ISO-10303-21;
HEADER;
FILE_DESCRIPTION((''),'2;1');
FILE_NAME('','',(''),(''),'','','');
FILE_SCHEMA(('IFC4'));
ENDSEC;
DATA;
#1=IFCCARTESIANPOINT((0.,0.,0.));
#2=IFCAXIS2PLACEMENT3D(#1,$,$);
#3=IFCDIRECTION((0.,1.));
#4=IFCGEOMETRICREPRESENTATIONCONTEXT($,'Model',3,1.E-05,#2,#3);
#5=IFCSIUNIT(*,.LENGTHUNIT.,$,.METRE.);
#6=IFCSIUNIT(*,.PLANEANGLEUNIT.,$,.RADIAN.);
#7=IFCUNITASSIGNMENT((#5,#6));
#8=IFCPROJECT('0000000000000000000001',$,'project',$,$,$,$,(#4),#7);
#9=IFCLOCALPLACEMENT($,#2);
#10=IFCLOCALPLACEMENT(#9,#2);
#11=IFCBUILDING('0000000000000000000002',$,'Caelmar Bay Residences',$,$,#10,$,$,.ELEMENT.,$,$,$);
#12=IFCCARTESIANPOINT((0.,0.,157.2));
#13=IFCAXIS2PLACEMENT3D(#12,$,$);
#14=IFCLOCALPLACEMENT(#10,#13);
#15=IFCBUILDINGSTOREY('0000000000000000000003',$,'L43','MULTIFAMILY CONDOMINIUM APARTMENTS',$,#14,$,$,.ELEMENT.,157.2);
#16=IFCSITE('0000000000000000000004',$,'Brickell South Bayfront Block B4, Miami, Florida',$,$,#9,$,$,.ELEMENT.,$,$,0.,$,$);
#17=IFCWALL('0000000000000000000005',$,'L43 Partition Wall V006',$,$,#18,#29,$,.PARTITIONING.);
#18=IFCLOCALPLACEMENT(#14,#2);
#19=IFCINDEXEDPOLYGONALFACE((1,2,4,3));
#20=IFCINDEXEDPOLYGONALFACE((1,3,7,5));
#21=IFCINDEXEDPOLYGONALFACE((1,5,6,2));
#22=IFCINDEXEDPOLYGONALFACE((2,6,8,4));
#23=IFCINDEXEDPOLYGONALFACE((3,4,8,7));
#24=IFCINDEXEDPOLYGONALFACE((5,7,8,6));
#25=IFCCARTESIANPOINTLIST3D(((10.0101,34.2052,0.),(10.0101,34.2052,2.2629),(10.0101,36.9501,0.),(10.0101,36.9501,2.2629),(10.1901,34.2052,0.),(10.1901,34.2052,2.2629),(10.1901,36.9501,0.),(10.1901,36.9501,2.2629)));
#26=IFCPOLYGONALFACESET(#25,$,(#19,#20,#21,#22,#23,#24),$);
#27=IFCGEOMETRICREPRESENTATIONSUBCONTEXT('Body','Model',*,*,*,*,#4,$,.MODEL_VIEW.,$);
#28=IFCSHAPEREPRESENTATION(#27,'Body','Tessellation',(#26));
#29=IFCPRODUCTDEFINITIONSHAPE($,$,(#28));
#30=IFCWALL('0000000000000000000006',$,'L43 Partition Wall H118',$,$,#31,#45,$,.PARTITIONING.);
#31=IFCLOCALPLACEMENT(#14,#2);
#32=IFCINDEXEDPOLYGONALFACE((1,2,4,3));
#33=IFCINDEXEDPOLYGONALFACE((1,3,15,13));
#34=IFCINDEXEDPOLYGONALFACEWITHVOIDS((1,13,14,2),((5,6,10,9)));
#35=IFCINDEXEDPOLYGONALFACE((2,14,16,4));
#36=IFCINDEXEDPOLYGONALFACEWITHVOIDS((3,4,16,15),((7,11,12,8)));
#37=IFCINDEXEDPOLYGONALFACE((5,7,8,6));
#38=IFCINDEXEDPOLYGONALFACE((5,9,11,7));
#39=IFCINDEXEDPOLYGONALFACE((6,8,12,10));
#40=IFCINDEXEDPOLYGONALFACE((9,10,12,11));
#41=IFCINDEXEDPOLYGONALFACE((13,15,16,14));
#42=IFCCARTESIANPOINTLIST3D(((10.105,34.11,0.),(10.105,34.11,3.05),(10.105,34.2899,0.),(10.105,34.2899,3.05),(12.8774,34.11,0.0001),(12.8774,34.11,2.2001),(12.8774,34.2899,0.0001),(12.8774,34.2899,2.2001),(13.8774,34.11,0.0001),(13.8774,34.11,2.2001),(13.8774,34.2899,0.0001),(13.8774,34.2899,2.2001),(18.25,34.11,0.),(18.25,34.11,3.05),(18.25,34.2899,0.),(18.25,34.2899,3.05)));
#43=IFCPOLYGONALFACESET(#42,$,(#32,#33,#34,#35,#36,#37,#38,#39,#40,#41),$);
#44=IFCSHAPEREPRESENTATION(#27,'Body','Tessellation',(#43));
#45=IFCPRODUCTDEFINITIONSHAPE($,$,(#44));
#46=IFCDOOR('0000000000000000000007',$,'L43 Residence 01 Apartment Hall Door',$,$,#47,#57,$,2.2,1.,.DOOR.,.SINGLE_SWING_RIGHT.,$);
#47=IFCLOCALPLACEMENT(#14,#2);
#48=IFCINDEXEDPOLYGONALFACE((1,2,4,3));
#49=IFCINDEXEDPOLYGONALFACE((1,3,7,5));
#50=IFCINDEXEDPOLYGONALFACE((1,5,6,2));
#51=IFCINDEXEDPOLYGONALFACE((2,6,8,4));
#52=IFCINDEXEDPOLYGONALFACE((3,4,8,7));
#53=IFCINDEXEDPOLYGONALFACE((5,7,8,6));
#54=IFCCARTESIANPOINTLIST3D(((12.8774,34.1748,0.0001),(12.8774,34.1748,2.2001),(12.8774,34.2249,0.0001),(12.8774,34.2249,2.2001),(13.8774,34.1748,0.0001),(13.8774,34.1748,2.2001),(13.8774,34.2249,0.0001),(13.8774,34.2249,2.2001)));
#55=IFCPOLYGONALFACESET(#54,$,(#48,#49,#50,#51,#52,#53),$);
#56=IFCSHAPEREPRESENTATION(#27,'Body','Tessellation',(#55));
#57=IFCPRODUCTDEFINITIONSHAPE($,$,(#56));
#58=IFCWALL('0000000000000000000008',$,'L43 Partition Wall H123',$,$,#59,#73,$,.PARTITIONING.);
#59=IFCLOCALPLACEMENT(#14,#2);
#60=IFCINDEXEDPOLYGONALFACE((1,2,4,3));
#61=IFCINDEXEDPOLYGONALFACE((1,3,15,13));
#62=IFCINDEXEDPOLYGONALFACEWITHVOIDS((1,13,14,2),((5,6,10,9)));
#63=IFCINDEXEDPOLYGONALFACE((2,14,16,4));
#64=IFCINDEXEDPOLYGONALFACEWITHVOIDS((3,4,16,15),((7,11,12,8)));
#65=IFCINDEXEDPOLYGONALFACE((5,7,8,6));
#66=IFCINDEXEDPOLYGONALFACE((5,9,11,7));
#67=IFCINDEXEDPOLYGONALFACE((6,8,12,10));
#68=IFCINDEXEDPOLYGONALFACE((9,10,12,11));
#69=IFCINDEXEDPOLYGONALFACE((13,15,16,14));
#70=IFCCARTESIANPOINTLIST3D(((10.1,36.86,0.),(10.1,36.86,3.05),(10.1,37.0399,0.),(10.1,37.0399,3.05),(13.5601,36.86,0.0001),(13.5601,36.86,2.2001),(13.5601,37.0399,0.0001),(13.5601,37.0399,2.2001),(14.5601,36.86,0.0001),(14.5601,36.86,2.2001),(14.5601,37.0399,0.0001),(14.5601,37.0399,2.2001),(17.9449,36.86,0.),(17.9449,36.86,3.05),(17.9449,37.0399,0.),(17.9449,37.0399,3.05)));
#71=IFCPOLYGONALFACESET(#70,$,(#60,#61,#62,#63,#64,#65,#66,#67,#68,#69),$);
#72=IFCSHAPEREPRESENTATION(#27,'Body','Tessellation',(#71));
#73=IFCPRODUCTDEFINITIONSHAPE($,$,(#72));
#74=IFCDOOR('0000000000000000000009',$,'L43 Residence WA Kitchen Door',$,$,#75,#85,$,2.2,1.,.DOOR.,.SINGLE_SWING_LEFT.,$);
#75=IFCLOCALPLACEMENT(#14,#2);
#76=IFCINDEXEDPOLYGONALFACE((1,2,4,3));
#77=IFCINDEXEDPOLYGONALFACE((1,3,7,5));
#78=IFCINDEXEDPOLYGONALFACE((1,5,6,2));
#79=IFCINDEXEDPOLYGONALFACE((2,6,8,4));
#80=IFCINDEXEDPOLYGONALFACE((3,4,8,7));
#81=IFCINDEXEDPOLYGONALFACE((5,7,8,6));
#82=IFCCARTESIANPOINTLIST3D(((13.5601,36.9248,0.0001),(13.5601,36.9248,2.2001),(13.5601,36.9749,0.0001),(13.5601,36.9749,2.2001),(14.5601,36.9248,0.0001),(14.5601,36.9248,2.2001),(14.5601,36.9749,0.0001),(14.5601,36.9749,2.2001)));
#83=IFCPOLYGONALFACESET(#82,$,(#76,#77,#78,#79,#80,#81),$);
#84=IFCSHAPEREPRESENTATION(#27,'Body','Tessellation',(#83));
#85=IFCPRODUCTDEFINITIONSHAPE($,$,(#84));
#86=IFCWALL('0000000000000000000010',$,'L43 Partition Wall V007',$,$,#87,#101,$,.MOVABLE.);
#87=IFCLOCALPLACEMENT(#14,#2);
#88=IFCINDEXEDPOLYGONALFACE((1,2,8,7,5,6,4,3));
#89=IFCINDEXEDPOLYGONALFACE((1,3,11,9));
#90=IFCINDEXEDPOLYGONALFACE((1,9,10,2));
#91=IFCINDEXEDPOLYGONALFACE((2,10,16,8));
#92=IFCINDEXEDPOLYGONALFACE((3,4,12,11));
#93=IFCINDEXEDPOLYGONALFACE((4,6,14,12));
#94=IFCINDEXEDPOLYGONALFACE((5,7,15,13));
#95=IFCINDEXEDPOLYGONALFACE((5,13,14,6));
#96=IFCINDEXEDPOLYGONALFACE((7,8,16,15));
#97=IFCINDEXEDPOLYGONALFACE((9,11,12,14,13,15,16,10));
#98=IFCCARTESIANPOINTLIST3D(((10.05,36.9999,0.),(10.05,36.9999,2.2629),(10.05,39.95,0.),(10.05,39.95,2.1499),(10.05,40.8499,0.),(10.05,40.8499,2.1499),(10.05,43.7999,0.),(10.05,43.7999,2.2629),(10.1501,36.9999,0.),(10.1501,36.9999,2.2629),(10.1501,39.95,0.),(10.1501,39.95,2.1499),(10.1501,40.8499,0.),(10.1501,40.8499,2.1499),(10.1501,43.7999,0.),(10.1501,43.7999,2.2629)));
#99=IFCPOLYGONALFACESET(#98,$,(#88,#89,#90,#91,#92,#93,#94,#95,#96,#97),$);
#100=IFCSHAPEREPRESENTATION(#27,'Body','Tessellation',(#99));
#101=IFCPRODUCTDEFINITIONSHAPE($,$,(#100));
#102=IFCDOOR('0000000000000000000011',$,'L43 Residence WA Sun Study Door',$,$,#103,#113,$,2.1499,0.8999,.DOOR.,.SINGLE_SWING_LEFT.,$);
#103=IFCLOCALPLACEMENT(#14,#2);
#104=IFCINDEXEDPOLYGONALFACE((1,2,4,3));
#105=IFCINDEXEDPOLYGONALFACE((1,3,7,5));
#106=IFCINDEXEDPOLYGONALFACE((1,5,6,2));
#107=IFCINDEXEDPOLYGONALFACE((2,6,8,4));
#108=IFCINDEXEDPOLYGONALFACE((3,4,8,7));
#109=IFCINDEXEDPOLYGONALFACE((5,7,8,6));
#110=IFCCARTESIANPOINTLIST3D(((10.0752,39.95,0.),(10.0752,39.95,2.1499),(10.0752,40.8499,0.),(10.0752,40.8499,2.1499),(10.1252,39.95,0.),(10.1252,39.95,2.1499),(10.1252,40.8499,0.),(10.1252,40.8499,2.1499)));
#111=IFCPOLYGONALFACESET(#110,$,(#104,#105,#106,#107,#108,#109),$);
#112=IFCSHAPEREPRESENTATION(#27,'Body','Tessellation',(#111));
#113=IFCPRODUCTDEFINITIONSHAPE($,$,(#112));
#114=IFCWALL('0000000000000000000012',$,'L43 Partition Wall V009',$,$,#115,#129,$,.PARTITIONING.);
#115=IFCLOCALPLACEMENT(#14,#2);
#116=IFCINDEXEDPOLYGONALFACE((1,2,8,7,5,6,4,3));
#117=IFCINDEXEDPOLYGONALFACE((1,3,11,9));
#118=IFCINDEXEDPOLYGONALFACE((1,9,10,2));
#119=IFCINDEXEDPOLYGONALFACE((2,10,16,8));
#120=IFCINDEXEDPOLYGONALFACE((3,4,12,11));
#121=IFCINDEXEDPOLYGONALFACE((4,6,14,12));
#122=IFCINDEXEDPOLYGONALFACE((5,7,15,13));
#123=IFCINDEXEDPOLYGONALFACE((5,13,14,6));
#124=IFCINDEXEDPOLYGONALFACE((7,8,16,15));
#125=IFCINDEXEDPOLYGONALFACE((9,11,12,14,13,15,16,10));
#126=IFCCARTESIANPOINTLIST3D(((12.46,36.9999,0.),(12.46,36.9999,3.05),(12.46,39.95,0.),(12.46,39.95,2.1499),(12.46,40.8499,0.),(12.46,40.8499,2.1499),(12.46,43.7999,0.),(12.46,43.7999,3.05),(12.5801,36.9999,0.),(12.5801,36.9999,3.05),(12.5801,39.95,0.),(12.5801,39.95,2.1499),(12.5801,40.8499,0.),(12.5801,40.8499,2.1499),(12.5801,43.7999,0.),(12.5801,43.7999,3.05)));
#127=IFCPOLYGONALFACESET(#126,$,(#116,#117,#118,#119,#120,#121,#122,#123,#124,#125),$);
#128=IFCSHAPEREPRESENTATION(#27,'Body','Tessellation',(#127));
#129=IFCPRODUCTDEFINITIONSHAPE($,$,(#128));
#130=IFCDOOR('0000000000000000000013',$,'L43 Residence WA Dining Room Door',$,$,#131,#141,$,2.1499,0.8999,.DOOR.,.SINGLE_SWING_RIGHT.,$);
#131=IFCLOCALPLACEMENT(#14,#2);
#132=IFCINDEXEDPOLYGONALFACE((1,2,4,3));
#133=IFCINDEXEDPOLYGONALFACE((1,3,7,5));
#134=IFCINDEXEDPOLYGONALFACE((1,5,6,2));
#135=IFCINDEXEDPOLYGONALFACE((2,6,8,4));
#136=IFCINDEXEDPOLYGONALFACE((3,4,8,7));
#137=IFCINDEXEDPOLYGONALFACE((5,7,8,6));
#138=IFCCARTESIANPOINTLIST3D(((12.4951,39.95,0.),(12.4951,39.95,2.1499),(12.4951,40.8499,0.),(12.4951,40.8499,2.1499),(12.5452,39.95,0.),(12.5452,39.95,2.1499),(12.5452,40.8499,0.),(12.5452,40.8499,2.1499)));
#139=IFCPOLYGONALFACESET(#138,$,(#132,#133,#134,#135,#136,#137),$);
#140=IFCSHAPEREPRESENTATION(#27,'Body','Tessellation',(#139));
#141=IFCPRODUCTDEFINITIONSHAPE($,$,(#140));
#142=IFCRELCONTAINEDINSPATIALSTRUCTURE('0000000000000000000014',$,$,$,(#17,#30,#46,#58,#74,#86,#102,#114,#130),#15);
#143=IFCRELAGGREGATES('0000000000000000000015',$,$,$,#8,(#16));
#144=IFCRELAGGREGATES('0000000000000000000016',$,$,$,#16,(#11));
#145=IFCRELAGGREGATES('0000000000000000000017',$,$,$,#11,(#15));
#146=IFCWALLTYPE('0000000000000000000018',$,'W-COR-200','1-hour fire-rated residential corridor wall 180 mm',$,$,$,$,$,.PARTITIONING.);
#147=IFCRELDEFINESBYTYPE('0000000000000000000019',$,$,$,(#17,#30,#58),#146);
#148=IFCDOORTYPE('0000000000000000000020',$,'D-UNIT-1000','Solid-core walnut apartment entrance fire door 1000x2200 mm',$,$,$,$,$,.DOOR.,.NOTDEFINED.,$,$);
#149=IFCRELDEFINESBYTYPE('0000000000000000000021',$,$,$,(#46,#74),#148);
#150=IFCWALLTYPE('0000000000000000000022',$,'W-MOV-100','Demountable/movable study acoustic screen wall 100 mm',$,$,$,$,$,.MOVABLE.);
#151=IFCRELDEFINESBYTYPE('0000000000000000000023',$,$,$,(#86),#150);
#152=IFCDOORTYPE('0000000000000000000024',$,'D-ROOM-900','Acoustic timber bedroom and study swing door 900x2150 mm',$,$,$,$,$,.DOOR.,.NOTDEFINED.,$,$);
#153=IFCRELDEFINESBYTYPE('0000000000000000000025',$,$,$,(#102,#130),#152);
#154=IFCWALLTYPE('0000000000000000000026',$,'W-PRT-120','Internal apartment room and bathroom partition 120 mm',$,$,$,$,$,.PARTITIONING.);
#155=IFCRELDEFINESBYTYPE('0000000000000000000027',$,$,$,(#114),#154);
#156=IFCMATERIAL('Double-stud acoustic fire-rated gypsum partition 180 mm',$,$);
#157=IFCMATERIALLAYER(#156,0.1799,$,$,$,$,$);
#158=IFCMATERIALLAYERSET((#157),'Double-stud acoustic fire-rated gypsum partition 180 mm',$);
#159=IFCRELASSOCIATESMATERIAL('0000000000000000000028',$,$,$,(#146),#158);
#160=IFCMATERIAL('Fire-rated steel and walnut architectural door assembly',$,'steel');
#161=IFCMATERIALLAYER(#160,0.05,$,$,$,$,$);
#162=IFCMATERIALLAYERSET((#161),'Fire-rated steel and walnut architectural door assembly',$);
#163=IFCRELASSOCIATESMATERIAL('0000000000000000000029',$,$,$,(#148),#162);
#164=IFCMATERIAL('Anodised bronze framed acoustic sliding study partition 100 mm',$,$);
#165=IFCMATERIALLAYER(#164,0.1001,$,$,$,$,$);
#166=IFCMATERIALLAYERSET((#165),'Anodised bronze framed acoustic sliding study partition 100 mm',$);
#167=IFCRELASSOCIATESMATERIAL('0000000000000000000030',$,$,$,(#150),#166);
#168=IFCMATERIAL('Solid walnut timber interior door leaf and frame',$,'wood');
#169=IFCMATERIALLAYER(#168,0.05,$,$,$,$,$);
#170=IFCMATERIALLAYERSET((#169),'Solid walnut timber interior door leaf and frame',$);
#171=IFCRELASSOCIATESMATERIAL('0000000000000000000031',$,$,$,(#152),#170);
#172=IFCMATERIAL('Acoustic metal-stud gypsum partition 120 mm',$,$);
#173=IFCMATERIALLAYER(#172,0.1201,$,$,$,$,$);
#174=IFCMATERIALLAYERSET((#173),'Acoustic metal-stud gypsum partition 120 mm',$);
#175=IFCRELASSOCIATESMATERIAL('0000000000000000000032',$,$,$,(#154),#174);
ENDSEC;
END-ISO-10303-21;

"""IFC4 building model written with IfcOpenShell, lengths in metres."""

from ifc_helpers import new_model, si_unit, direction, frame, frame_2d, origin, place, context, subcontext, project, spatial, rectangle, extrude, material, layer, layer_set, type_object, element, fill, save


model = new_model("IFC4")

# Units and contexts
model_context = context("Model", 3, precision=1e-05, world=origin(), true_north=direction((0.0, 1.0)))
body_context = subcontext(model_context, "Body", "Model", "MODEL_VIEW")
ifc_project = project(units=[si_unit("LENGTHUNIT", "METRE"), si_unit("PLANEANGLEUNIT", "RADIAN")], contexts=[model_context])

# Site, building, storey
site_placement = place(None, origin())
site = spatial("IfcSite", under=ifc_project, at=site_placement, Name="Brickell South Bayfront Block B4, Miami, Florida", CompositionType="ELEMENT", RefElevation=0.0)
building_placement = place(site_placement, origin())
building = spatial("IfcBuilding", under=site, at=building_placement, Name="Caelmar Bay Residences", CompositionType="ELEMENT")
storey_placement = place(building_placement, frame((0.0, 0.0, 157.2)))
storey = spatial("IfcBuildingStorey", under=building, at=storey_placement, Name="L43", Description="MULTIFAMILY CONDOMINIUM APARTMENTS", CompositionType="ELEMENT", Elevation=157.2)

# Shared definitions
ifc_material_1 = material(Name="Fire-rated steel and walnut architectural door assembly", Category="steel")

# Wall
ifc_material_2 = material(Name="Double-stud acoustic fire-rated gypsum partition 180 mm")
ifc_layer_1 = layer(ifc_material_2, 0.1799)
ifc_layer_set_1 = layer_set([ifc_layer_1], Name="Double-stud acoustic fire-rated gypsum partition 180 mm")
wall_type_1 = type_object("IfcWallType", Name="W-COR-200", Description="1-hour fire-rated residential corridor wall 180 mm", PredefinedType="PARTITIONING", material=ifc_layer_set_1)
wall_1_placement = place(storey_placement, frame((10.1001, 34.2051, 0.0), z_axis=(0.0, 0.0, 1.0), x_axis=(0.0, 1.0, 0.0)))
element("IfcWall", 1, at=wall_1_placement, inside=storey, type_object=wall_type_1, Name="L43 Partition Wall V006", PredefinedType="PARTITIONING", context=body_context, shape_type="SweptSolid", body=[
    extrude(rectangle(XDim=2.7449, YDim=0.1799, at=frame_2d((1.3726, 0.0))), origin(), (0.0, 0.0, 1.0), 2.2629),
])

# Walls, openings, doors
wall_2_placement = place(storey_placement, frame((10.105, 34.2, 0.0), z_axis=(0.0, 0.0, 1.0), x_axis=(1.0, 0.0, 0.0)))
wall_2 = element("IfcWall", 2, at=wall_2_placement, inside=storey, type_object=wall_type_1, Name="L43 Partition Wall H118", PredefinedType="PARTITIONING", context=body_context, shape_type="SweptSolid", body=[
    extrude(rectangle(XDim=8.145, YDim=0.1799, at=frame_2d((4.0725, 0.0))), origin(), (0.0, 0.0, 1.0), 3.05),
])
opening_1_placement = place(wall_2_placement, frame((2.7725, 0.0, 0.0)))
opening_1 = element("IfcOpeningElement", 3, at=opening_1_placement, cuts=wall_2, PredefinedType="OPENING", context=body_context, shape_type="SweptSolid", body=[
    extrude(rectangle(XDim=1.0, YDim=2.2, at=frame_2d((0.5, 1.1001))), frame((0.0, 0.0999, 0.0), z_axis=(0.0, -1.0, 0.0), x_axis=(1.0, 0.0, 0.0)), (0.0, 0.0, 1.0), 0.2),
])
ifc_layer_2 = layer(ifc_material_1, 0.05)
ifc_layer_set_2 = layer_set([ifc_layer_2], Name="Fire-rated steel and walnut architectural door assembly")
door_type_1 = type_object("IfcDoorType", Name="D-UNIT-1000", Description="Solid-core walnut apartment entrance fire door 1000x2200 mm", OperationType="NOTDEFINED", PredefinedType="DOOR", material=ifc_layer_set_2)
door_1_placement = place(opening_1_placement, origin())
door_1 = element("IfcDoor", 4, at=door_1_placement, inside=storey, type_object=door_type_1, Name="L43 Residence 01 Apartment Hall Door", OperationType="SINGLE_SWING_RIGHT", OverallHeight=2.2, OverallWidth=1.0, PredefinedType="DOOR", context=body_context, shape_type="SweptSolid", body=[
    extrude(rectangle(XDim=1.0, YDim=2.2, at=frame_2d((0.5, 1.1001))), frame((0.0, 0.0249, 0.0), z_axis=(0.0, -1.0, 0.0), x_axis=(1.0, 0.0, 0.0)), (0.0, 0.0, 1.0), 0.05),
])
fill(opening_1, door_1)
wall_3_placement = place(storey_placement, frame((10.1001, 36.95, 0.0), z_axis=(0.0, 0.0, 1.0), x_axis=(1.0, 0.0, 0.0)))
wall_3 = element("IfcWall", 5, at=wall_3_placement, inside=storey, type_object=wall_type_1, Name="L43 Partition Wall H123", PredefinedType="PARTITIONING", context=body_context, shape_type="SweptSolid", body=[
    extrude(rectangle(XDim=7.845, YDim=0.1799, at=frame_2d((3.9224, 0.0))), origin(), (0.0, 0.0, 1.0), 3.05),
])
opening_2_placement = place(wall_3_placement, frame((3.46, 0.0, 0.0)))
opening_2 = element("IfcOpeningElement", 6, at=opening_2_placement, cuts=wall_3, PredefinedType="OPENING", context=body_context, shape_type="SweptSolid", body=[
    extrude(rectangle(XDim=1.0, YDim=2.2, at=frame_2d((0.5, 1.1001))), frame((0.0, 0.0999, 0.0), z_axis=(0.0, -1.0, 0.0), x_axis=(1.0, 0.0, 0.0)), (0.0, 0.0, 1.0), 0.2),
])
door_2_placement = place(opening_2_placement, origin())
door_2 = element("IfcDoor", 7, at=door_2_placement, inside=storey, type_object=door_type_1, Name="L43 Residence WA Kitchen Door", OperationType="SINGLE_SWING_LEFT", OverallHeight=2.2, OverallWidth=1.0, PredefinedType="DOOR", context=body_context, shape_type="SweptSolid", body=[
    extrude(rectangle(XDim=1.0, YDim=2.2, at=frame_2d((0.5, 1.1001))), frame((0.0, 0.0249, 0.0), z_axis=(0.0, -1.0, 0.0), x_axis=(1.0, 0.0, 0.0)), (0.0, 0.0, 1.0), 0.05),
])
fill(opening_2, door_2)
ifc_material_3 = material(Name="Anodised bronze framed acoustic sliding study partition 100 mm")
ifc_layer_3 = layer(ifc_material_3, 0.1001)
ifc_layer_set_3 = layer_set([ifc_layer_3], Name="Anodised bronze framed acoustic sliding study partition 100 mm")
wall_type_2 = type_object("IfcWallType", Name="W-MOV-100", Description="Demountable/movable study acoustic screen wall 100 mm", PredefinedType="MOVABLE", material=ifc_layer_set_3)
wall_4_placement = place(storey_placement, frame((10.1001, 37.0, 0.0), z_axis=(0.0, 0.0, 1.0), x_axis=(0.0, 1.0, 0.0)))
wall_4 = element("IfcWall", 8, at=wall_4_placement, inside=storey, type_object=wall_type_2, Name="L43 Partition Wall V007", PredefinedType="MOVABLE", context=body_context, shape_type="SweptSolid", body=[
    extrude(rectangle(XDim=6.8, YDim=0.1001, at=frame_2d((3.3999, 0.0))), origin(), (0.0, 0.0, 1.0), 2.2629),
])
opening_3_placement = place(wall_4_placement, frame((2.95, 0.0, 0.0)))
opening_3 = element("IfcOpeningElement", 9, at=opening_3_placement, cuts=wall_4, PredefinedType="OPENING", context=body_context, shape_type="SweptSolid", body=[
    extrude(rectangle(XDim=0.8999, YDim=2.1499, at=frame_2d((0.45, 1.075))), frame((0.0, 0.0601, 0.0), z_axis=(0.0, -1.0, 0.0), x_axis=(1.0, 0.0, 0.0)), (0.0, 0.0, 1.0), 0.1201),
])
ifc_material_4 = material(Name="Solid walnut timber interior door leaf and frame", Category="wood")
ifc_layer_4 = layer(ifc_material_4, 0.05)
ifc_layer_set_4 = layer_set([ifc_layer_4], Name="Solid walnut timber interior door leaf and frame")
door_type_2 = type_object("IfcDoorType", Name="D-ROOM-900", Description="Acoustic timber bedroom and study swing door 900x2150 mm", OperationType="NOTDEFINED", PredefinedType="DOOR", material=ifc_layer_set_4)
door_3_placement = place(opening_3_placement, origin())
door_3 = element("IfcDoor", 10, at=door_3_placement, inside=storey, type_object=door_type_2, Name="L43 Residence WA Sun Study Door", OperationType="SINGLE_SWING_LEFT", OverallHeight=2.1499, OverallWidth=0.8999, PredefinedType="DOOR", context=body_context, shape_type="SweptSolid", body=[
    extrude(rectangle(XDim=0.8999, YDim=2.1499, at=frame_2d((0.45, 1.075))), frame((0.0, 0.0249, 0.0), z_axis=(0.0, -1.0, 0.0), x_axis=(1.0, 0.0, 0.0)), (0.0, 0.0, 1.0), 0.05),
])
fill(opening_3, door_3)
ifc_material_5 = material(Name="Acoustic metal-stud gypsum partition 120 mm")
ifc_layer_5 = layer(ifc_material_5, 0.1201)
ifc_layer_set_5 = layer_set([ifc_layer_5], Name="Acoustic metal-stud gypsum partition 120 mm")
wall_type_3 = type_object("IfcWallType", Name="W-PRT-120", Description="Internal apartment room and bathroom partition 120 mm", PredefinedType="PARTITIONING", material=ifc_layer_set_5)
wall_5_placement = place(storey_placement, frame((12.52, 37.0, 0.0), z_axis=(0.0, 0.0, 1.0), x_axis=(0.0, 1.0, 0.0)))
wall_5 = element("IfcWall", 11, at=wall_5_placement, inside=storey, type_object=wall_type_3, Name="L43 Partition Wall V009", PredefinedType="PARTITIONING", context=body_context, shape_type="SweptSolid", body=[
    extrude(rectangle(XDim=6.8, YDim=0.1201, at=frame_2d((3.3999, 0.0))), origin(), (0.0, 0.0, 1.0), 3.05),
])
opening_4_placement = place(wall_5_placement, frame((2.95, 0.0, 0.0)))
opening_4 = element("IfcOpeningElement", 12, at=opening_4_placement, cuts=wall_5, PredefinedType="OPENING", context=body_context, shape_type="SweptSolid", body=[
    extrude(rectangle(XDim=0.8999, YDim=2.1499, at=frame_2d((0.45, 1.075))), frame((0.0, 0.0701, 0.0), z_axis=(0.0, -1.0, 0.0), x_axis=(1.0, 0.0, 0.0)), (0.0, 0.0, 1.0), 0.1401),
])
door_4_placement = place(opening_4_placement, origin())
door_4 = element("IfcDoor", 13, at=door_4_placement, inside=storey, type_object=door_type_2, Name="L43 Residence WA Dining Room Door", OperationType="SINGLE_SWING_RIGHT", OverallHeight=2.1499, OverallWidth=0.8999, PredefinedType="DOOR", context=body_context, shape_type="SweptSolid", body=[
    extrude(rectangle(XDim=0.8999, YDim=2.1499, at=frame_2d((0.45, 1.075))), frame((0.0, 0.0249, 0.0), z_axis=(0.0, -1.0, 0.0), x_axis=(1.0, 0.0, 0.0)), (0.0, 0.0, 1.0), 0.05),
])
fill(opening_4, door_4)

save(model, "model.ifc")
